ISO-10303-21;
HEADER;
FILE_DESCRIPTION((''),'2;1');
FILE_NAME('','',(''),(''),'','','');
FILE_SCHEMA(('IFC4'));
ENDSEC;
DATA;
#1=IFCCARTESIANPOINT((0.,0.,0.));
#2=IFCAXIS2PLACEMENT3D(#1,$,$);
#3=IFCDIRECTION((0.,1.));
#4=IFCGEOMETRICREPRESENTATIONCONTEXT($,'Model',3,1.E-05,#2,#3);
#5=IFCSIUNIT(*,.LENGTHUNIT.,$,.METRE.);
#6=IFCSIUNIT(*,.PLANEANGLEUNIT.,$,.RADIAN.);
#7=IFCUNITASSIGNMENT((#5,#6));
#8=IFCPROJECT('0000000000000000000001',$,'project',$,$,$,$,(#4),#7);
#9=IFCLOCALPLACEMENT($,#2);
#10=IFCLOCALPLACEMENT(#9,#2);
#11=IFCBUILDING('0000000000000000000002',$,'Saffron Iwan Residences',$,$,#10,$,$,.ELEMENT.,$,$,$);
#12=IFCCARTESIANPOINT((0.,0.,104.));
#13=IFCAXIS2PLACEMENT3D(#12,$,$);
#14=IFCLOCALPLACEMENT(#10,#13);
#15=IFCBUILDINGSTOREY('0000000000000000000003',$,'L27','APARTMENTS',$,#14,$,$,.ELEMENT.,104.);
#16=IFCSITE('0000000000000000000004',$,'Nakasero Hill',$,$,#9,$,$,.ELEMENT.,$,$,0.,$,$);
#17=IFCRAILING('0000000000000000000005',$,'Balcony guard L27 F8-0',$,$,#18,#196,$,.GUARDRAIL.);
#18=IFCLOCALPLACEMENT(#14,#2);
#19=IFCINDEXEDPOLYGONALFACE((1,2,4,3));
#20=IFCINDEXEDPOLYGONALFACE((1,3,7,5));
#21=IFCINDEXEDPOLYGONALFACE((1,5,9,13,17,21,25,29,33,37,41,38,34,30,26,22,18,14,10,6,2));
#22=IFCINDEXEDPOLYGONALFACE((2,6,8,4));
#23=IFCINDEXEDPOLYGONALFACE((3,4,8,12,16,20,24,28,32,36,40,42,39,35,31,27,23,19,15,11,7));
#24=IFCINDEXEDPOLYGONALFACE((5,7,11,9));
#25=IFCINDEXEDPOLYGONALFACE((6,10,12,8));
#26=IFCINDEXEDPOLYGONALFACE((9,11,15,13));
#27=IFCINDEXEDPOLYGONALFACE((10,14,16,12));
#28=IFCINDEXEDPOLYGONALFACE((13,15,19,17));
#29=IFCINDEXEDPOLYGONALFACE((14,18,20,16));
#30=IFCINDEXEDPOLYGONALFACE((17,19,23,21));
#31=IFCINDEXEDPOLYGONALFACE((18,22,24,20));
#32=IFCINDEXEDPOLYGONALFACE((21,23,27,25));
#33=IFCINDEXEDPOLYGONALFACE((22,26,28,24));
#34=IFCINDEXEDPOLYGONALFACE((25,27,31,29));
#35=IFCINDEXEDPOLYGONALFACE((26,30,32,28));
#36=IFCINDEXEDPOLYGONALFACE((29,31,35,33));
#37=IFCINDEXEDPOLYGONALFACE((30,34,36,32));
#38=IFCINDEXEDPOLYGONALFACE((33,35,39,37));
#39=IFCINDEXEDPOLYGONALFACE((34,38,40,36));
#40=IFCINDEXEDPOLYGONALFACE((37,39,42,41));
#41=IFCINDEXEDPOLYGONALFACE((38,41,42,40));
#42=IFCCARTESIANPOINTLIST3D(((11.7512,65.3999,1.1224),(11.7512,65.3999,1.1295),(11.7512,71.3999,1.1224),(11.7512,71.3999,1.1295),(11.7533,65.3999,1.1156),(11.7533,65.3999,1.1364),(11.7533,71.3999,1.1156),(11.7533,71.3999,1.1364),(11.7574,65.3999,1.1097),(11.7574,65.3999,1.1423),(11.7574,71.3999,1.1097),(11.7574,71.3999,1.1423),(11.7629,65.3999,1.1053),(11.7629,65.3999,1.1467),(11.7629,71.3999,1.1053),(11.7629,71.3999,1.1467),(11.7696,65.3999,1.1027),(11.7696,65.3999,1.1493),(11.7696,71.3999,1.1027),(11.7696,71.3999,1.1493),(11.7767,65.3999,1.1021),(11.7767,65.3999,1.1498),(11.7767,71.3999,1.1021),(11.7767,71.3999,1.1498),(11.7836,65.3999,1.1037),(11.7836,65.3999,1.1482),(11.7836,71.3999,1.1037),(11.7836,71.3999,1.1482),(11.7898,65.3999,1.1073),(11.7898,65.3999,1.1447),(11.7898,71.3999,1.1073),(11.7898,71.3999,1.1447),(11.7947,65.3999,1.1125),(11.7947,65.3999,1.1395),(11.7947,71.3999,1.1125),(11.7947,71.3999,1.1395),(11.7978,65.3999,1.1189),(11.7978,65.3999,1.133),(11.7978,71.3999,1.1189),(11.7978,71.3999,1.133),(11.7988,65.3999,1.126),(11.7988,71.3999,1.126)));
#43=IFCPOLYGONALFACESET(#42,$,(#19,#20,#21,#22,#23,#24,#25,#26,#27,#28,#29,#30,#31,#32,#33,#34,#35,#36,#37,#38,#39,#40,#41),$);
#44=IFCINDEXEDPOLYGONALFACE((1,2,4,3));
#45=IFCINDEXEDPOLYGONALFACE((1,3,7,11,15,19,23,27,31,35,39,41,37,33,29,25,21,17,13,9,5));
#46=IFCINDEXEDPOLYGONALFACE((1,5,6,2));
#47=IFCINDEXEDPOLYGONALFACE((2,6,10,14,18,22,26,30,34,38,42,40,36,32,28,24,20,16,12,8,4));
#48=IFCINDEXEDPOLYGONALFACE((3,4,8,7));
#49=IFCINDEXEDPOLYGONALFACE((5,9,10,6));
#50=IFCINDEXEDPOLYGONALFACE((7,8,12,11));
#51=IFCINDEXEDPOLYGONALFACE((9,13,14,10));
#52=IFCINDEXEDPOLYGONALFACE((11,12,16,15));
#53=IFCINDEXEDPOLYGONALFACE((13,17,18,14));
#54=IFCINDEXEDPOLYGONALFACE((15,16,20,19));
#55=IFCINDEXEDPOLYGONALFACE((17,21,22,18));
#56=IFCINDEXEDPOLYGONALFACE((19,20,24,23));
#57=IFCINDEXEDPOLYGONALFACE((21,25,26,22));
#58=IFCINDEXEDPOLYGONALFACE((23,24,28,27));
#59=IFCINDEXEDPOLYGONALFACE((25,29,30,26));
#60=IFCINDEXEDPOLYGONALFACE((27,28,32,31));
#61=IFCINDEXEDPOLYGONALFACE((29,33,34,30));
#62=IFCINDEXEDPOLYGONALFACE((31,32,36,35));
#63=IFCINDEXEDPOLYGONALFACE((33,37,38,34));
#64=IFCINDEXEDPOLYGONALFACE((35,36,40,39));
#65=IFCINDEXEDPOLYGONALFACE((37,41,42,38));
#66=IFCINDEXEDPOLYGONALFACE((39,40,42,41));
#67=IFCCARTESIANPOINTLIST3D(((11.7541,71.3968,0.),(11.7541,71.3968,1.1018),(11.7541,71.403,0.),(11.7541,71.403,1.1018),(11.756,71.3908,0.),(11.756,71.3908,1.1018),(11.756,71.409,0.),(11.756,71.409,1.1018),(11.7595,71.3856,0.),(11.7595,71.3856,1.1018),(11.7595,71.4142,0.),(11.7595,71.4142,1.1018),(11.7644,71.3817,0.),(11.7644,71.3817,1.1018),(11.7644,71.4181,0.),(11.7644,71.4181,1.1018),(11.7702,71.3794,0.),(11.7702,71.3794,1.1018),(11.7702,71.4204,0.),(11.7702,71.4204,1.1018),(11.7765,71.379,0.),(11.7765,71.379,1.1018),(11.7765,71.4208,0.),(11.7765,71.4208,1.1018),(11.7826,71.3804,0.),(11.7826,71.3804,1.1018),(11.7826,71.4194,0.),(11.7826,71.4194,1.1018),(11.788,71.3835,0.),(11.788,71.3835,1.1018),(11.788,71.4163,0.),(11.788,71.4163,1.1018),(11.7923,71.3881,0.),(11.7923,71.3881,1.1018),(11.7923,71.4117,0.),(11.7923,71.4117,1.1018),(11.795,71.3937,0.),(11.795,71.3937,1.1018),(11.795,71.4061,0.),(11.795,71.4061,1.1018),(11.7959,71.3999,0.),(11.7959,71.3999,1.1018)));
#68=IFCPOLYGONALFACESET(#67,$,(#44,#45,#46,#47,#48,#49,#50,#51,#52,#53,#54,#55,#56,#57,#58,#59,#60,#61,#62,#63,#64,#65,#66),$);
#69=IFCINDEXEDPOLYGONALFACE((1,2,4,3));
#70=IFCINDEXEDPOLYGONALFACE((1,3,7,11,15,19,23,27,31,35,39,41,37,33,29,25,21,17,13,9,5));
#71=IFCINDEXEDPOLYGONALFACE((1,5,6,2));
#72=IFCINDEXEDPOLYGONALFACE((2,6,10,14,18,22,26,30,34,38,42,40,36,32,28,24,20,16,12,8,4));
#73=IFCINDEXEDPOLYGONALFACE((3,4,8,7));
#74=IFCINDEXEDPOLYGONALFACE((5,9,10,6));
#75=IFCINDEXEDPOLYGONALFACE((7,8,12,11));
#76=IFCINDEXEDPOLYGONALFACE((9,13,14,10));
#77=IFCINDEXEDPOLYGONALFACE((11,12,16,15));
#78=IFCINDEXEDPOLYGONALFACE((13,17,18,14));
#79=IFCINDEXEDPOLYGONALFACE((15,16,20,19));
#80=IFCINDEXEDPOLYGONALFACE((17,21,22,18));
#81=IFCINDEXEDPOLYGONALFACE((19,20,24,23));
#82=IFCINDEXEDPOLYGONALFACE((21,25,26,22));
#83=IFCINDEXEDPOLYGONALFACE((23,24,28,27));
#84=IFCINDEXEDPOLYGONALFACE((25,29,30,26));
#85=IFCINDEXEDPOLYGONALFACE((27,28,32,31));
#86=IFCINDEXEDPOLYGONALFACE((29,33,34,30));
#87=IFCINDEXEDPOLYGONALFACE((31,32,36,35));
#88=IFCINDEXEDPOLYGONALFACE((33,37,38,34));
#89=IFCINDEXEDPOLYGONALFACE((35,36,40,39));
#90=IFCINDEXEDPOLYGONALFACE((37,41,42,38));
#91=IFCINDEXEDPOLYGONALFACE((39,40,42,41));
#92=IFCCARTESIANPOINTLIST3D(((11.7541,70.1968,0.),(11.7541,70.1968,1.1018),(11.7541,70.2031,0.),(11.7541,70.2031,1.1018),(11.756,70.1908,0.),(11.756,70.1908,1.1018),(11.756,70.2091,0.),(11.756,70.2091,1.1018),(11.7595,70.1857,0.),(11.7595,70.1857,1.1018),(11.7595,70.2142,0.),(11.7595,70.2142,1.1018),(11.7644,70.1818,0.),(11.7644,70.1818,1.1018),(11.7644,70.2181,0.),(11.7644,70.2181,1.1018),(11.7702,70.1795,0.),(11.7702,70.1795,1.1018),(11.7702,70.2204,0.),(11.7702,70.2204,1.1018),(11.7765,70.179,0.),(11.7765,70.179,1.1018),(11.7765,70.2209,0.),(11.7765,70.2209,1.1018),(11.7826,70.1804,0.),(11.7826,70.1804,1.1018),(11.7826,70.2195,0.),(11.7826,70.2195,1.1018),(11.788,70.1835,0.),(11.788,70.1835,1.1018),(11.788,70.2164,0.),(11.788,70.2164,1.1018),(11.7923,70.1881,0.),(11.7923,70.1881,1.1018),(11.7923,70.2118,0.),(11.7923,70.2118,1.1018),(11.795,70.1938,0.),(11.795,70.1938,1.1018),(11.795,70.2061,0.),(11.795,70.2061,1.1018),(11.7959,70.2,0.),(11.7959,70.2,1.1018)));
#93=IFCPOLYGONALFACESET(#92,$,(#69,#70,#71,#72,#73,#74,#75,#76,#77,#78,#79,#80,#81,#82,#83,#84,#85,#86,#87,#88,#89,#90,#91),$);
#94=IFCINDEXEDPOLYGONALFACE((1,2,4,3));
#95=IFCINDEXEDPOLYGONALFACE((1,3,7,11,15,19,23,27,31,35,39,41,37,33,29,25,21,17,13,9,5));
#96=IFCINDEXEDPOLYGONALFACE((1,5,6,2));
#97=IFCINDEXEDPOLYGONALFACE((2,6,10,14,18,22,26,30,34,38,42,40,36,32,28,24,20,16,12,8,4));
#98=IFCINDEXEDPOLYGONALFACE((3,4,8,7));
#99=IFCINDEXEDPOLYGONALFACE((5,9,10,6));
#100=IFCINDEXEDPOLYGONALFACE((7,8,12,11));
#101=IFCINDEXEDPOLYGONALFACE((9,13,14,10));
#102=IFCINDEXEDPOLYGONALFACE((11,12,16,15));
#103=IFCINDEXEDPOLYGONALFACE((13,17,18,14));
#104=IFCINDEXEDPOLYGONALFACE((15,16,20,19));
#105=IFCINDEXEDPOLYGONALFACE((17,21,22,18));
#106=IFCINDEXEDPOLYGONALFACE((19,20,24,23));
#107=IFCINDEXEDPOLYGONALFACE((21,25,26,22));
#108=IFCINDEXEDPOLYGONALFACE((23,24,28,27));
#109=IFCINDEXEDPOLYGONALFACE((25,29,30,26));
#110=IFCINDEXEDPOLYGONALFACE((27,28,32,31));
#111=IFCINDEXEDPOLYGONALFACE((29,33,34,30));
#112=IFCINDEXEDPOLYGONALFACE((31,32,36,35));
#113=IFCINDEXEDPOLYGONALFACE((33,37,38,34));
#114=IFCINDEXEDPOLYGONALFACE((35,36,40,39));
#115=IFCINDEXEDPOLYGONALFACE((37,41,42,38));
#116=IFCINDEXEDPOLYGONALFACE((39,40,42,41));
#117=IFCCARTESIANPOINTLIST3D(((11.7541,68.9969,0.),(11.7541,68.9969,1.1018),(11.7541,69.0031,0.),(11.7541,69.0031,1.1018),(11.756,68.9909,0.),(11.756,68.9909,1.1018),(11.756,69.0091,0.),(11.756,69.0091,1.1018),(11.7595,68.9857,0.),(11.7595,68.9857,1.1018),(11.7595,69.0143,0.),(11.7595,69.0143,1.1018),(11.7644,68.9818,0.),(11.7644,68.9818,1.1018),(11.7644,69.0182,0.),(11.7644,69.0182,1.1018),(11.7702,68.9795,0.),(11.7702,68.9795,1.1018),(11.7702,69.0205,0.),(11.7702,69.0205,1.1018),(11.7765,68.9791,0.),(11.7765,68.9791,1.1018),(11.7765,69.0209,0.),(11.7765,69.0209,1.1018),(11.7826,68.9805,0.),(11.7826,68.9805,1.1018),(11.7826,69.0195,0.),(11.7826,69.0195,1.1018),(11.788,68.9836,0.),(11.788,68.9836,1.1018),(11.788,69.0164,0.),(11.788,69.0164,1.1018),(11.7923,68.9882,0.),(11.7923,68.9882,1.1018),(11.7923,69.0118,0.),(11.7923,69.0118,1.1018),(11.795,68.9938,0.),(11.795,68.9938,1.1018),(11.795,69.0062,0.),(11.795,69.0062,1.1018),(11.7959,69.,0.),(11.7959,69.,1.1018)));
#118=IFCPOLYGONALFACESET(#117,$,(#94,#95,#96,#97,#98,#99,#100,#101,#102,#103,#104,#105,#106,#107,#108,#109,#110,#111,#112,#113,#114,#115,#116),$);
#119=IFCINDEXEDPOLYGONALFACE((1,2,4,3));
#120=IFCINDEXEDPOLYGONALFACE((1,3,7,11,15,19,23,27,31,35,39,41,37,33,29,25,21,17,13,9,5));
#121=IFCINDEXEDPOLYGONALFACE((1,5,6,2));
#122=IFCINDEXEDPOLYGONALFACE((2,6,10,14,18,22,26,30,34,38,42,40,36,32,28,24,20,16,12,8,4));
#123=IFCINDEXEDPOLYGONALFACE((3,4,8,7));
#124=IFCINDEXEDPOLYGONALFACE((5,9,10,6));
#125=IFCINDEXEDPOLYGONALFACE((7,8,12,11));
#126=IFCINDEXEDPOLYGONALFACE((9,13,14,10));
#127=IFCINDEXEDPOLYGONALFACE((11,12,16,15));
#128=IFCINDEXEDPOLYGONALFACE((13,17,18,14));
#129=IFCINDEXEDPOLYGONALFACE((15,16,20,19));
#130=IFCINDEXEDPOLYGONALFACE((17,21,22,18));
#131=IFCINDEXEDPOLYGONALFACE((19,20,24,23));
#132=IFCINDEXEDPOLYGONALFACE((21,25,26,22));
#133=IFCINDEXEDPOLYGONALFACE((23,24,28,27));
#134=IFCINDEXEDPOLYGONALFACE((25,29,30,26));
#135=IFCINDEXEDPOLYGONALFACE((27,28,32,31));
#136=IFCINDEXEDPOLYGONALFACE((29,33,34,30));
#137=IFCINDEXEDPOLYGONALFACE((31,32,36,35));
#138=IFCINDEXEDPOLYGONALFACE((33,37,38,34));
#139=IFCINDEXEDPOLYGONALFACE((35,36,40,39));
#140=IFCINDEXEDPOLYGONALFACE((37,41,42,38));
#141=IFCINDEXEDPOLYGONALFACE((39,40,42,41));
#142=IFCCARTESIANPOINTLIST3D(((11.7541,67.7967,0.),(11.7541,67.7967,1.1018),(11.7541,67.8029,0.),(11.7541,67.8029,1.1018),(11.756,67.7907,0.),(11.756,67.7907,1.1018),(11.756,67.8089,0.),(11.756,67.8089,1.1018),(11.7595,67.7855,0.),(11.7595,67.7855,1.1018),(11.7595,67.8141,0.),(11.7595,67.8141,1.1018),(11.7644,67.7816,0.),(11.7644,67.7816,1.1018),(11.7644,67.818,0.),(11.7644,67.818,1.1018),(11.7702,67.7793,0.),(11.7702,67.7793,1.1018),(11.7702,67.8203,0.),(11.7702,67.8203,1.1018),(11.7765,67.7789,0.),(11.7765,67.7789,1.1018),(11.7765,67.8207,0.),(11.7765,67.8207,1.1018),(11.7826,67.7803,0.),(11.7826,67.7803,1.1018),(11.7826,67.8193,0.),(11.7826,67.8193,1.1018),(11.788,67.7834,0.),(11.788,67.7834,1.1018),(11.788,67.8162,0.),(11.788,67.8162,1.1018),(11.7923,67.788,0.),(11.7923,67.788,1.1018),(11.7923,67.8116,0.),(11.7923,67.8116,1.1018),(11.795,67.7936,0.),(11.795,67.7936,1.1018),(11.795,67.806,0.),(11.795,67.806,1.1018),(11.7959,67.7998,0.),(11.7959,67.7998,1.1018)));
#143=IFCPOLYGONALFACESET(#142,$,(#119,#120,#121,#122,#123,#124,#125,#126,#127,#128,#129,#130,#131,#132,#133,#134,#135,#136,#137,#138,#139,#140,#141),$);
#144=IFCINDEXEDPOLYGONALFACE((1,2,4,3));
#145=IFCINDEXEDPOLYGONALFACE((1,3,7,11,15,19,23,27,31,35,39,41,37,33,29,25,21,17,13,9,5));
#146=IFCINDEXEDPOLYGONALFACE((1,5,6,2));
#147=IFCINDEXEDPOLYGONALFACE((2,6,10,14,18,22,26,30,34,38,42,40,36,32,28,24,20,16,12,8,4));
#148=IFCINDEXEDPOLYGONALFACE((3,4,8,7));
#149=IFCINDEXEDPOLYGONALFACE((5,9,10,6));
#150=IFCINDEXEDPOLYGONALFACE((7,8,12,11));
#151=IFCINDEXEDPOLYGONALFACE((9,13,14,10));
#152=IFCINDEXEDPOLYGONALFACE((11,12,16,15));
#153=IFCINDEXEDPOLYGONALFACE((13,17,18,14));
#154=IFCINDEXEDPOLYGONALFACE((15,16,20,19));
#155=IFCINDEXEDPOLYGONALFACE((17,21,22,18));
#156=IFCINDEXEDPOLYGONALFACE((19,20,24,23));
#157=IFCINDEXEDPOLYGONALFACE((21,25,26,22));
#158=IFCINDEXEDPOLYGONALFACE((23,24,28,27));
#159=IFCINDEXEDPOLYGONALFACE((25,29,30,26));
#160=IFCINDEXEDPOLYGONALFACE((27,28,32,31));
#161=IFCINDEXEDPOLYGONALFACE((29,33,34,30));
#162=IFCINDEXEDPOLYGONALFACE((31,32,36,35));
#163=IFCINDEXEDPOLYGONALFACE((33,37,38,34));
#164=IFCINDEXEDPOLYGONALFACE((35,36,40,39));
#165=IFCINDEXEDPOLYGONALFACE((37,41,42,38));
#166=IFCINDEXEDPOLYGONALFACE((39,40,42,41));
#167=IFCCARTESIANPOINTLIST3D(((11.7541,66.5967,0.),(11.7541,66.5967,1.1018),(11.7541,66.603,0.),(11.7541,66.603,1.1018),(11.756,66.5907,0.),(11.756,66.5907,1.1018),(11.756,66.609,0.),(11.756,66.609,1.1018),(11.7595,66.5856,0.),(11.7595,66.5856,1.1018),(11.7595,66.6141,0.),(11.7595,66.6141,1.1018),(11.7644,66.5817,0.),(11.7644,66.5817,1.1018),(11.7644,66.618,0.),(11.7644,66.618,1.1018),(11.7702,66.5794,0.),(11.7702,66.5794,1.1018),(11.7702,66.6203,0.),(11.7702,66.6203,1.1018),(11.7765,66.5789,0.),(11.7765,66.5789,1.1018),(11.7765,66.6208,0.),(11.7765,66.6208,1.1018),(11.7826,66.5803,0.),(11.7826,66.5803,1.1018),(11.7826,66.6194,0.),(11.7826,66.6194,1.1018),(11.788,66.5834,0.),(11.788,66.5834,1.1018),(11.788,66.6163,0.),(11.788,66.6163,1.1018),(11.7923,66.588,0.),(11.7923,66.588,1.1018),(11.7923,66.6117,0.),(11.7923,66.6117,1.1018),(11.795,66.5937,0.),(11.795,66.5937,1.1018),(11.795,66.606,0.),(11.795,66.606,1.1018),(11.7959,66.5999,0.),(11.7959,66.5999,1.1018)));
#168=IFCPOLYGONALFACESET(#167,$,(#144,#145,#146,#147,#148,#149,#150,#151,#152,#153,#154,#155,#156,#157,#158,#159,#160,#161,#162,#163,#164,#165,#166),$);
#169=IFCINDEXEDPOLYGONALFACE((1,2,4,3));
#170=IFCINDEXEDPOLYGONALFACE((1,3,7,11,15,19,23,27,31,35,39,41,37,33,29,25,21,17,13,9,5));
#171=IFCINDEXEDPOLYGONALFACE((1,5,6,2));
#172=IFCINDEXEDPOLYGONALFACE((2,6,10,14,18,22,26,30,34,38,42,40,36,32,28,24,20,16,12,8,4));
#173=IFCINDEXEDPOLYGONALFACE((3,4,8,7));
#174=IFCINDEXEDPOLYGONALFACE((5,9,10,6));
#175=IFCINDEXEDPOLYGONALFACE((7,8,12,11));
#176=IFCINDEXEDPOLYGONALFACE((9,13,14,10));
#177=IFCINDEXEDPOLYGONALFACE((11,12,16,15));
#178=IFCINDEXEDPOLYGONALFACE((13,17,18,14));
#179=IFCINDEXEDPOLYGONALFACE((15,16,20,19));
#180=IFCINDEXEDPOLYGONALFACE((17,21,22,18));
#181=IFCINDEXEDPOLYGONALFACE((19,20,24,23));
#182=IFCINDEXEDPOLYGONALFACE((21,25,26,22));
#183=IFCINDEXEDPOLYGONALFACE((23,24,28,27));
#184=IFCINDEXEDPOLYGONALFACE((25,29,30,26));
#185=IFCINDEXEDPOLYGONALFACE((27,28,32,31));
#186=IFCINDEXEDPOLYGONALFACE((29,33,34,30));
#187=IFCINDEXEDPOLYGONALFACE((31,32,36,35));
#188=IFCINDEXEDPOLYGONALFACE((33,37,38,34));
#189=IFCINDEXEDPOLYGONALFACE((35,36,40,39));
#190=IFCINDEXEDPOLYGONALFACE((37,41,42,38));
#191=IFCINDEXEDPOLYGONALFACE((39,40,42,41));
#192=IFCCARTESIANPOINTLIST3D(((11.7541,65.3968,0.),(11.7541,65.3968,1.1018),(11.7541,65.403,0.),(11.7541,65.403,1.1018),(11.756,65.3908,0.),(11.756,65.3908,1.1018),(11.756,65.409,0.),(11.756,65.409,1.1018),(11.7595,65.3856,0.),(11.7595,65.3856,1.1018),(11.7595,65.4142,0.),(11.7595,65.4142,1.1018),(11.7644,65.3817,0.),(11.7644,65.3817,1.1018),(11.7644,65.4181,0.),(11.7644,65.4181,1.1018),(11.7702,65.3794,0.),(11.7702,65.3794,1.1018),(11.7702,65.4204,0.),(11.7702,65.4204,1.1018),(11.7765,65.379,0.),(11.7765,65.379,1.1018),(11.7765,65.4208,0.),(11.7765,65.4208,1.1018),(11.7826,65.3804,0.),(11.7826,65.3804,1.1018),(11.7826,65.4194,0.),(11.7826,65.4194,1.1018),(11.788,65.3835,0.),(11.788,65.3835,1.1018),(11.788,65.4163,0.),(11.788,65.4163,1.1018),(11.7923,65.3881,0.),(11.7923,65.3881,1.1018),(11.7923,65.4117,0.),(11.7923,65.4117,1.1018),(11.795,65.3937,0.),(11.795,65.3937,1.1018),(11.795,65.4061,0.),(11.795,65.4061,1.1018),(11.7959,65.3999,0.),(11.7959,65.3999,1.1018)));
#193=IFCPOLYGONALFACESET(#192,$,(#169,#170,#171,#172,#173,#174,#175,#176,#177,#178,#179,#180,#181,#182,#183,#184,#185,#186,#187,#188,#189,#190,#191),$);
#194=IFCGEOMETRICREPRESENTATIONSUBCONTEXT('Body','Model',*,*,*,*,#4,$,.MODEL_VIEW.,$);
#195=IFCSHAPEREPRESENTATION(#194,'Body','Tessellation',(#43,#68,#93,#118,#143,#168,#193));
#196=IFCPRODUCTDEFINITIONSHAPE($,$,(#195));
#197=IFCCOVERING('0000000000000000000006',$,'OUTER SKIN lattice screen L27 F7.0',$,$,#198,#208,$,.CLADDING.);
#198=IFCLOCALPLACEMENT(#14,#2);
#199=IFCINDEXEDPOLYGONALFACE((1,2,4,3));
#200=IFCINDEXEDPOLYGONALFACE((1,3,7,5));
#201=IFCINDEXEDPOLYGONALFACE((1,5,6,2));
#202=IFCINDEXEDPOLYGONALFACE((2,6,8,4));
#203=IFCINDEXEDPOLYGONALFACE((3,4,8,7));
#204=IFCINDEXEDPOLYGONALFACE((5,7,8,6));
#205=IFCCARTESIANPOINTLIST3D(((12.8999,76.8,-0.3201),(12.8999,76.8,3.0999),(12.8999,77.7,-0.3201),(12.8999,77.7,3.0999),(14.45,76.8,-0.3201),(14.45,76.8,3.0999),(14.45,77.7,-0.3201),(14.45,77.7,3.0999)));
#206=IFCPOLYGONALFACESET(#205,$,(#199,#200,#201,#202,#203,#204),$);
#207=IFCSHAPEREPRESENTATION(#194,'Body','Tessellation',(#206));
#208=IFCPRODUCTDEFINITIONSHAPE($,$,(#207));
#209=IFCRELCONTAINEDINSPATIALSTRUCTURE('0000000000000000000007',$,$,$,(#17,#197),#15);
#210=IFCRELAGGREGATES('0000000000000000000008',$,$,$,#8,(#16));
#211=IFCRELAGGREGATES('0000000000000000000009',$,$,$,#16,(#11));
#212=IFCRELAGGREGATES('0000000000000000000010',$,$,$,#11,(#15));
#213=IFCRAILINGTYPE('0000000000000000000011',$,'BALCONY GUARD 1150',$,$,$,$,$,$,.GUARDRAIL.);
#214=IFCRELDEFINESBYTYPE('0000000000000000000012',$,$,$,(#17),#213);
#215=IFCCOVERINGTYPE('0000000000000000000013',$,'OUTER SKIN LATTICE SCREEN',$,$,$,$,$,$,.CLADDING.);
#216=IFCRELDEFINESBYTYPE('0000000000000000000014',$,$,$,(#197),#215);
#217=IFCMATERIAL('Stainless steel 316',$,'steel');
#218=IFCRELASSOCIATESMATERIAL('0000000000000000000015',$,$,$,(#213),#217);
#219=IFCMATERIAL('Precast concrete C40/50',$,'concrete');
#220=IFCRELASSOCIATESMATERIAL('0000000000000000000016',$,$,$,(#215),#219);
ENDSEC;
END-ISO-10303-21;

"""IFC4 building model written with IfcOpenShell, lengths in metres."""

from ifc_helpers import new_model, si_unit, direction, frame, origin, origin_2d, place, context, subcontext, project, spatial, polyline, circle, outline, extrude, material, type_object, element, save


model = new_model("IFC4")

# Units and contexts
model_context = context("Model", 3, precision=1e-05, world=origin(), true_north=direction((0.0, 1.0)))
body_context = subcontext(model_context, "Body", "Model", "MODEL_VIEW")
ifc_project = project(units=[si_unit("LENGTHUNIT", "METRE"), si_unit("PLANEANGLEUNIT", "RADIAN")], contexts=[model_context])

# Site, building, storey
site_placement = place(None, origin())
site = spatial("IfcSite", under=ifc_project, at=site_placement, Name="Nakasero Hill", CompositionType="ELEMENT", RefElevation=0.0)
building_placement = place(site_placement, origin())
building = spatial("IfcBuilding", under=site, at=building_placement, Name="Saffron Iwan Residences", CompositionType="ELEMENT")
storey_placement = place(building_placement, frame((0.0, 0.0, 104.0)))
storey = spatial("IfcBuildingStorey", under=building, at=storey_placement, Name="L27", Description="APARTMENTS", CompositionType="ELEMENT", Elevation=104.0)

# Railing
ifc_material_1 = material(Name="Stainless steel 316", Category="steel")
railing_type = type_object("IfcRailingType", Name="BALCONY GUARD 1150", PredefinedType="GUARDRAIL", material=ifc_material_1)
railing_placement = place(storey_placement, frame((11.7749, 71.3999, 0.0)))
element("IfcRailing", 1, at=railing_placement, inside=storey, type_object=railing_type, Name="Balcony guard L27 F8-0", PredefinedType="GUARDRAIL", context=body_context, shape_type="SweptSolid", body=[
    extrude(circle(Radius=0.0239, at=origin_2d()), frame((0.0, 0.0, 1.126), z_axis=(0.0, -1.0, 0.0), x_axis=(1.0, 0.0, 0.0)), (0.0, 0.0, 1.0), 6.0),
    extrude(circle(Radius=0.021, at=origin_2d()), origin(), (0.0, 0.0, 1.0), 1.1018),
    extrude(circle(Radius=0.021, at=origin_2d()), frame((0.0, -1.2, 0.0)), (0.0, 0.0, 1.0), 1.1018),
    extrude(circle(Radius=0.021, at=origin_2d()), frame((0.0, -2.3999, 0.0)), (0.0, 0.0, 1.0), 1.1018),
    extrude(circle(Radius=0.021, at=origin_2d()), frame((0.0, -3.6001, 0.0)), (0.0, 0.0, 1.0), 1.1018),
    extrude(circle(Radius=0.021, at=origin_2d()), frame((0.0, -4.8, 0.0)), (0.0, 0.0, 1.0), 1.1018),
    extrude(circle(Radius=0.021, at=origin_2d()), frame((0.0, -6.0, 0.0)), (0.0, 0.0, 1.0), 1.1018),
])

# Covering
ifc_material_2 = material(Name="Precast concrete C40/50", Category="concrete")
covering_type_1 = type_object("IfcCoveringType", Name="OUTER SKIN LATTICE SCREEN", PredefinedType="CLADDING", material=ifc_material_2)
covering_1_placement = place(storey_placement, frame((14.45, 76.8, -0.3201), z_axis=(0.0, 1.0, 0.0), x_axis=(-1.0, 0.0, 0.0)))
element("IfcCovering", 2, at=covering_1_placement, inside=storey, type_object=covering_type_1, Name="OUTER SKIN lattice screen L27 F7.0", PredefinedType="CLADDING", context=body_context, shape_type="SweptSolid", body=[
    extrude(outline(polyline([(0.0, 0.0), (1.55, 0.0), (1.55, 3.4199), (0.0, 3.4199), (0.0, 0.0)])), origin(), (0.0, 0.0, 1.0), 0.8999),
])

save(model, "model.ifc")
